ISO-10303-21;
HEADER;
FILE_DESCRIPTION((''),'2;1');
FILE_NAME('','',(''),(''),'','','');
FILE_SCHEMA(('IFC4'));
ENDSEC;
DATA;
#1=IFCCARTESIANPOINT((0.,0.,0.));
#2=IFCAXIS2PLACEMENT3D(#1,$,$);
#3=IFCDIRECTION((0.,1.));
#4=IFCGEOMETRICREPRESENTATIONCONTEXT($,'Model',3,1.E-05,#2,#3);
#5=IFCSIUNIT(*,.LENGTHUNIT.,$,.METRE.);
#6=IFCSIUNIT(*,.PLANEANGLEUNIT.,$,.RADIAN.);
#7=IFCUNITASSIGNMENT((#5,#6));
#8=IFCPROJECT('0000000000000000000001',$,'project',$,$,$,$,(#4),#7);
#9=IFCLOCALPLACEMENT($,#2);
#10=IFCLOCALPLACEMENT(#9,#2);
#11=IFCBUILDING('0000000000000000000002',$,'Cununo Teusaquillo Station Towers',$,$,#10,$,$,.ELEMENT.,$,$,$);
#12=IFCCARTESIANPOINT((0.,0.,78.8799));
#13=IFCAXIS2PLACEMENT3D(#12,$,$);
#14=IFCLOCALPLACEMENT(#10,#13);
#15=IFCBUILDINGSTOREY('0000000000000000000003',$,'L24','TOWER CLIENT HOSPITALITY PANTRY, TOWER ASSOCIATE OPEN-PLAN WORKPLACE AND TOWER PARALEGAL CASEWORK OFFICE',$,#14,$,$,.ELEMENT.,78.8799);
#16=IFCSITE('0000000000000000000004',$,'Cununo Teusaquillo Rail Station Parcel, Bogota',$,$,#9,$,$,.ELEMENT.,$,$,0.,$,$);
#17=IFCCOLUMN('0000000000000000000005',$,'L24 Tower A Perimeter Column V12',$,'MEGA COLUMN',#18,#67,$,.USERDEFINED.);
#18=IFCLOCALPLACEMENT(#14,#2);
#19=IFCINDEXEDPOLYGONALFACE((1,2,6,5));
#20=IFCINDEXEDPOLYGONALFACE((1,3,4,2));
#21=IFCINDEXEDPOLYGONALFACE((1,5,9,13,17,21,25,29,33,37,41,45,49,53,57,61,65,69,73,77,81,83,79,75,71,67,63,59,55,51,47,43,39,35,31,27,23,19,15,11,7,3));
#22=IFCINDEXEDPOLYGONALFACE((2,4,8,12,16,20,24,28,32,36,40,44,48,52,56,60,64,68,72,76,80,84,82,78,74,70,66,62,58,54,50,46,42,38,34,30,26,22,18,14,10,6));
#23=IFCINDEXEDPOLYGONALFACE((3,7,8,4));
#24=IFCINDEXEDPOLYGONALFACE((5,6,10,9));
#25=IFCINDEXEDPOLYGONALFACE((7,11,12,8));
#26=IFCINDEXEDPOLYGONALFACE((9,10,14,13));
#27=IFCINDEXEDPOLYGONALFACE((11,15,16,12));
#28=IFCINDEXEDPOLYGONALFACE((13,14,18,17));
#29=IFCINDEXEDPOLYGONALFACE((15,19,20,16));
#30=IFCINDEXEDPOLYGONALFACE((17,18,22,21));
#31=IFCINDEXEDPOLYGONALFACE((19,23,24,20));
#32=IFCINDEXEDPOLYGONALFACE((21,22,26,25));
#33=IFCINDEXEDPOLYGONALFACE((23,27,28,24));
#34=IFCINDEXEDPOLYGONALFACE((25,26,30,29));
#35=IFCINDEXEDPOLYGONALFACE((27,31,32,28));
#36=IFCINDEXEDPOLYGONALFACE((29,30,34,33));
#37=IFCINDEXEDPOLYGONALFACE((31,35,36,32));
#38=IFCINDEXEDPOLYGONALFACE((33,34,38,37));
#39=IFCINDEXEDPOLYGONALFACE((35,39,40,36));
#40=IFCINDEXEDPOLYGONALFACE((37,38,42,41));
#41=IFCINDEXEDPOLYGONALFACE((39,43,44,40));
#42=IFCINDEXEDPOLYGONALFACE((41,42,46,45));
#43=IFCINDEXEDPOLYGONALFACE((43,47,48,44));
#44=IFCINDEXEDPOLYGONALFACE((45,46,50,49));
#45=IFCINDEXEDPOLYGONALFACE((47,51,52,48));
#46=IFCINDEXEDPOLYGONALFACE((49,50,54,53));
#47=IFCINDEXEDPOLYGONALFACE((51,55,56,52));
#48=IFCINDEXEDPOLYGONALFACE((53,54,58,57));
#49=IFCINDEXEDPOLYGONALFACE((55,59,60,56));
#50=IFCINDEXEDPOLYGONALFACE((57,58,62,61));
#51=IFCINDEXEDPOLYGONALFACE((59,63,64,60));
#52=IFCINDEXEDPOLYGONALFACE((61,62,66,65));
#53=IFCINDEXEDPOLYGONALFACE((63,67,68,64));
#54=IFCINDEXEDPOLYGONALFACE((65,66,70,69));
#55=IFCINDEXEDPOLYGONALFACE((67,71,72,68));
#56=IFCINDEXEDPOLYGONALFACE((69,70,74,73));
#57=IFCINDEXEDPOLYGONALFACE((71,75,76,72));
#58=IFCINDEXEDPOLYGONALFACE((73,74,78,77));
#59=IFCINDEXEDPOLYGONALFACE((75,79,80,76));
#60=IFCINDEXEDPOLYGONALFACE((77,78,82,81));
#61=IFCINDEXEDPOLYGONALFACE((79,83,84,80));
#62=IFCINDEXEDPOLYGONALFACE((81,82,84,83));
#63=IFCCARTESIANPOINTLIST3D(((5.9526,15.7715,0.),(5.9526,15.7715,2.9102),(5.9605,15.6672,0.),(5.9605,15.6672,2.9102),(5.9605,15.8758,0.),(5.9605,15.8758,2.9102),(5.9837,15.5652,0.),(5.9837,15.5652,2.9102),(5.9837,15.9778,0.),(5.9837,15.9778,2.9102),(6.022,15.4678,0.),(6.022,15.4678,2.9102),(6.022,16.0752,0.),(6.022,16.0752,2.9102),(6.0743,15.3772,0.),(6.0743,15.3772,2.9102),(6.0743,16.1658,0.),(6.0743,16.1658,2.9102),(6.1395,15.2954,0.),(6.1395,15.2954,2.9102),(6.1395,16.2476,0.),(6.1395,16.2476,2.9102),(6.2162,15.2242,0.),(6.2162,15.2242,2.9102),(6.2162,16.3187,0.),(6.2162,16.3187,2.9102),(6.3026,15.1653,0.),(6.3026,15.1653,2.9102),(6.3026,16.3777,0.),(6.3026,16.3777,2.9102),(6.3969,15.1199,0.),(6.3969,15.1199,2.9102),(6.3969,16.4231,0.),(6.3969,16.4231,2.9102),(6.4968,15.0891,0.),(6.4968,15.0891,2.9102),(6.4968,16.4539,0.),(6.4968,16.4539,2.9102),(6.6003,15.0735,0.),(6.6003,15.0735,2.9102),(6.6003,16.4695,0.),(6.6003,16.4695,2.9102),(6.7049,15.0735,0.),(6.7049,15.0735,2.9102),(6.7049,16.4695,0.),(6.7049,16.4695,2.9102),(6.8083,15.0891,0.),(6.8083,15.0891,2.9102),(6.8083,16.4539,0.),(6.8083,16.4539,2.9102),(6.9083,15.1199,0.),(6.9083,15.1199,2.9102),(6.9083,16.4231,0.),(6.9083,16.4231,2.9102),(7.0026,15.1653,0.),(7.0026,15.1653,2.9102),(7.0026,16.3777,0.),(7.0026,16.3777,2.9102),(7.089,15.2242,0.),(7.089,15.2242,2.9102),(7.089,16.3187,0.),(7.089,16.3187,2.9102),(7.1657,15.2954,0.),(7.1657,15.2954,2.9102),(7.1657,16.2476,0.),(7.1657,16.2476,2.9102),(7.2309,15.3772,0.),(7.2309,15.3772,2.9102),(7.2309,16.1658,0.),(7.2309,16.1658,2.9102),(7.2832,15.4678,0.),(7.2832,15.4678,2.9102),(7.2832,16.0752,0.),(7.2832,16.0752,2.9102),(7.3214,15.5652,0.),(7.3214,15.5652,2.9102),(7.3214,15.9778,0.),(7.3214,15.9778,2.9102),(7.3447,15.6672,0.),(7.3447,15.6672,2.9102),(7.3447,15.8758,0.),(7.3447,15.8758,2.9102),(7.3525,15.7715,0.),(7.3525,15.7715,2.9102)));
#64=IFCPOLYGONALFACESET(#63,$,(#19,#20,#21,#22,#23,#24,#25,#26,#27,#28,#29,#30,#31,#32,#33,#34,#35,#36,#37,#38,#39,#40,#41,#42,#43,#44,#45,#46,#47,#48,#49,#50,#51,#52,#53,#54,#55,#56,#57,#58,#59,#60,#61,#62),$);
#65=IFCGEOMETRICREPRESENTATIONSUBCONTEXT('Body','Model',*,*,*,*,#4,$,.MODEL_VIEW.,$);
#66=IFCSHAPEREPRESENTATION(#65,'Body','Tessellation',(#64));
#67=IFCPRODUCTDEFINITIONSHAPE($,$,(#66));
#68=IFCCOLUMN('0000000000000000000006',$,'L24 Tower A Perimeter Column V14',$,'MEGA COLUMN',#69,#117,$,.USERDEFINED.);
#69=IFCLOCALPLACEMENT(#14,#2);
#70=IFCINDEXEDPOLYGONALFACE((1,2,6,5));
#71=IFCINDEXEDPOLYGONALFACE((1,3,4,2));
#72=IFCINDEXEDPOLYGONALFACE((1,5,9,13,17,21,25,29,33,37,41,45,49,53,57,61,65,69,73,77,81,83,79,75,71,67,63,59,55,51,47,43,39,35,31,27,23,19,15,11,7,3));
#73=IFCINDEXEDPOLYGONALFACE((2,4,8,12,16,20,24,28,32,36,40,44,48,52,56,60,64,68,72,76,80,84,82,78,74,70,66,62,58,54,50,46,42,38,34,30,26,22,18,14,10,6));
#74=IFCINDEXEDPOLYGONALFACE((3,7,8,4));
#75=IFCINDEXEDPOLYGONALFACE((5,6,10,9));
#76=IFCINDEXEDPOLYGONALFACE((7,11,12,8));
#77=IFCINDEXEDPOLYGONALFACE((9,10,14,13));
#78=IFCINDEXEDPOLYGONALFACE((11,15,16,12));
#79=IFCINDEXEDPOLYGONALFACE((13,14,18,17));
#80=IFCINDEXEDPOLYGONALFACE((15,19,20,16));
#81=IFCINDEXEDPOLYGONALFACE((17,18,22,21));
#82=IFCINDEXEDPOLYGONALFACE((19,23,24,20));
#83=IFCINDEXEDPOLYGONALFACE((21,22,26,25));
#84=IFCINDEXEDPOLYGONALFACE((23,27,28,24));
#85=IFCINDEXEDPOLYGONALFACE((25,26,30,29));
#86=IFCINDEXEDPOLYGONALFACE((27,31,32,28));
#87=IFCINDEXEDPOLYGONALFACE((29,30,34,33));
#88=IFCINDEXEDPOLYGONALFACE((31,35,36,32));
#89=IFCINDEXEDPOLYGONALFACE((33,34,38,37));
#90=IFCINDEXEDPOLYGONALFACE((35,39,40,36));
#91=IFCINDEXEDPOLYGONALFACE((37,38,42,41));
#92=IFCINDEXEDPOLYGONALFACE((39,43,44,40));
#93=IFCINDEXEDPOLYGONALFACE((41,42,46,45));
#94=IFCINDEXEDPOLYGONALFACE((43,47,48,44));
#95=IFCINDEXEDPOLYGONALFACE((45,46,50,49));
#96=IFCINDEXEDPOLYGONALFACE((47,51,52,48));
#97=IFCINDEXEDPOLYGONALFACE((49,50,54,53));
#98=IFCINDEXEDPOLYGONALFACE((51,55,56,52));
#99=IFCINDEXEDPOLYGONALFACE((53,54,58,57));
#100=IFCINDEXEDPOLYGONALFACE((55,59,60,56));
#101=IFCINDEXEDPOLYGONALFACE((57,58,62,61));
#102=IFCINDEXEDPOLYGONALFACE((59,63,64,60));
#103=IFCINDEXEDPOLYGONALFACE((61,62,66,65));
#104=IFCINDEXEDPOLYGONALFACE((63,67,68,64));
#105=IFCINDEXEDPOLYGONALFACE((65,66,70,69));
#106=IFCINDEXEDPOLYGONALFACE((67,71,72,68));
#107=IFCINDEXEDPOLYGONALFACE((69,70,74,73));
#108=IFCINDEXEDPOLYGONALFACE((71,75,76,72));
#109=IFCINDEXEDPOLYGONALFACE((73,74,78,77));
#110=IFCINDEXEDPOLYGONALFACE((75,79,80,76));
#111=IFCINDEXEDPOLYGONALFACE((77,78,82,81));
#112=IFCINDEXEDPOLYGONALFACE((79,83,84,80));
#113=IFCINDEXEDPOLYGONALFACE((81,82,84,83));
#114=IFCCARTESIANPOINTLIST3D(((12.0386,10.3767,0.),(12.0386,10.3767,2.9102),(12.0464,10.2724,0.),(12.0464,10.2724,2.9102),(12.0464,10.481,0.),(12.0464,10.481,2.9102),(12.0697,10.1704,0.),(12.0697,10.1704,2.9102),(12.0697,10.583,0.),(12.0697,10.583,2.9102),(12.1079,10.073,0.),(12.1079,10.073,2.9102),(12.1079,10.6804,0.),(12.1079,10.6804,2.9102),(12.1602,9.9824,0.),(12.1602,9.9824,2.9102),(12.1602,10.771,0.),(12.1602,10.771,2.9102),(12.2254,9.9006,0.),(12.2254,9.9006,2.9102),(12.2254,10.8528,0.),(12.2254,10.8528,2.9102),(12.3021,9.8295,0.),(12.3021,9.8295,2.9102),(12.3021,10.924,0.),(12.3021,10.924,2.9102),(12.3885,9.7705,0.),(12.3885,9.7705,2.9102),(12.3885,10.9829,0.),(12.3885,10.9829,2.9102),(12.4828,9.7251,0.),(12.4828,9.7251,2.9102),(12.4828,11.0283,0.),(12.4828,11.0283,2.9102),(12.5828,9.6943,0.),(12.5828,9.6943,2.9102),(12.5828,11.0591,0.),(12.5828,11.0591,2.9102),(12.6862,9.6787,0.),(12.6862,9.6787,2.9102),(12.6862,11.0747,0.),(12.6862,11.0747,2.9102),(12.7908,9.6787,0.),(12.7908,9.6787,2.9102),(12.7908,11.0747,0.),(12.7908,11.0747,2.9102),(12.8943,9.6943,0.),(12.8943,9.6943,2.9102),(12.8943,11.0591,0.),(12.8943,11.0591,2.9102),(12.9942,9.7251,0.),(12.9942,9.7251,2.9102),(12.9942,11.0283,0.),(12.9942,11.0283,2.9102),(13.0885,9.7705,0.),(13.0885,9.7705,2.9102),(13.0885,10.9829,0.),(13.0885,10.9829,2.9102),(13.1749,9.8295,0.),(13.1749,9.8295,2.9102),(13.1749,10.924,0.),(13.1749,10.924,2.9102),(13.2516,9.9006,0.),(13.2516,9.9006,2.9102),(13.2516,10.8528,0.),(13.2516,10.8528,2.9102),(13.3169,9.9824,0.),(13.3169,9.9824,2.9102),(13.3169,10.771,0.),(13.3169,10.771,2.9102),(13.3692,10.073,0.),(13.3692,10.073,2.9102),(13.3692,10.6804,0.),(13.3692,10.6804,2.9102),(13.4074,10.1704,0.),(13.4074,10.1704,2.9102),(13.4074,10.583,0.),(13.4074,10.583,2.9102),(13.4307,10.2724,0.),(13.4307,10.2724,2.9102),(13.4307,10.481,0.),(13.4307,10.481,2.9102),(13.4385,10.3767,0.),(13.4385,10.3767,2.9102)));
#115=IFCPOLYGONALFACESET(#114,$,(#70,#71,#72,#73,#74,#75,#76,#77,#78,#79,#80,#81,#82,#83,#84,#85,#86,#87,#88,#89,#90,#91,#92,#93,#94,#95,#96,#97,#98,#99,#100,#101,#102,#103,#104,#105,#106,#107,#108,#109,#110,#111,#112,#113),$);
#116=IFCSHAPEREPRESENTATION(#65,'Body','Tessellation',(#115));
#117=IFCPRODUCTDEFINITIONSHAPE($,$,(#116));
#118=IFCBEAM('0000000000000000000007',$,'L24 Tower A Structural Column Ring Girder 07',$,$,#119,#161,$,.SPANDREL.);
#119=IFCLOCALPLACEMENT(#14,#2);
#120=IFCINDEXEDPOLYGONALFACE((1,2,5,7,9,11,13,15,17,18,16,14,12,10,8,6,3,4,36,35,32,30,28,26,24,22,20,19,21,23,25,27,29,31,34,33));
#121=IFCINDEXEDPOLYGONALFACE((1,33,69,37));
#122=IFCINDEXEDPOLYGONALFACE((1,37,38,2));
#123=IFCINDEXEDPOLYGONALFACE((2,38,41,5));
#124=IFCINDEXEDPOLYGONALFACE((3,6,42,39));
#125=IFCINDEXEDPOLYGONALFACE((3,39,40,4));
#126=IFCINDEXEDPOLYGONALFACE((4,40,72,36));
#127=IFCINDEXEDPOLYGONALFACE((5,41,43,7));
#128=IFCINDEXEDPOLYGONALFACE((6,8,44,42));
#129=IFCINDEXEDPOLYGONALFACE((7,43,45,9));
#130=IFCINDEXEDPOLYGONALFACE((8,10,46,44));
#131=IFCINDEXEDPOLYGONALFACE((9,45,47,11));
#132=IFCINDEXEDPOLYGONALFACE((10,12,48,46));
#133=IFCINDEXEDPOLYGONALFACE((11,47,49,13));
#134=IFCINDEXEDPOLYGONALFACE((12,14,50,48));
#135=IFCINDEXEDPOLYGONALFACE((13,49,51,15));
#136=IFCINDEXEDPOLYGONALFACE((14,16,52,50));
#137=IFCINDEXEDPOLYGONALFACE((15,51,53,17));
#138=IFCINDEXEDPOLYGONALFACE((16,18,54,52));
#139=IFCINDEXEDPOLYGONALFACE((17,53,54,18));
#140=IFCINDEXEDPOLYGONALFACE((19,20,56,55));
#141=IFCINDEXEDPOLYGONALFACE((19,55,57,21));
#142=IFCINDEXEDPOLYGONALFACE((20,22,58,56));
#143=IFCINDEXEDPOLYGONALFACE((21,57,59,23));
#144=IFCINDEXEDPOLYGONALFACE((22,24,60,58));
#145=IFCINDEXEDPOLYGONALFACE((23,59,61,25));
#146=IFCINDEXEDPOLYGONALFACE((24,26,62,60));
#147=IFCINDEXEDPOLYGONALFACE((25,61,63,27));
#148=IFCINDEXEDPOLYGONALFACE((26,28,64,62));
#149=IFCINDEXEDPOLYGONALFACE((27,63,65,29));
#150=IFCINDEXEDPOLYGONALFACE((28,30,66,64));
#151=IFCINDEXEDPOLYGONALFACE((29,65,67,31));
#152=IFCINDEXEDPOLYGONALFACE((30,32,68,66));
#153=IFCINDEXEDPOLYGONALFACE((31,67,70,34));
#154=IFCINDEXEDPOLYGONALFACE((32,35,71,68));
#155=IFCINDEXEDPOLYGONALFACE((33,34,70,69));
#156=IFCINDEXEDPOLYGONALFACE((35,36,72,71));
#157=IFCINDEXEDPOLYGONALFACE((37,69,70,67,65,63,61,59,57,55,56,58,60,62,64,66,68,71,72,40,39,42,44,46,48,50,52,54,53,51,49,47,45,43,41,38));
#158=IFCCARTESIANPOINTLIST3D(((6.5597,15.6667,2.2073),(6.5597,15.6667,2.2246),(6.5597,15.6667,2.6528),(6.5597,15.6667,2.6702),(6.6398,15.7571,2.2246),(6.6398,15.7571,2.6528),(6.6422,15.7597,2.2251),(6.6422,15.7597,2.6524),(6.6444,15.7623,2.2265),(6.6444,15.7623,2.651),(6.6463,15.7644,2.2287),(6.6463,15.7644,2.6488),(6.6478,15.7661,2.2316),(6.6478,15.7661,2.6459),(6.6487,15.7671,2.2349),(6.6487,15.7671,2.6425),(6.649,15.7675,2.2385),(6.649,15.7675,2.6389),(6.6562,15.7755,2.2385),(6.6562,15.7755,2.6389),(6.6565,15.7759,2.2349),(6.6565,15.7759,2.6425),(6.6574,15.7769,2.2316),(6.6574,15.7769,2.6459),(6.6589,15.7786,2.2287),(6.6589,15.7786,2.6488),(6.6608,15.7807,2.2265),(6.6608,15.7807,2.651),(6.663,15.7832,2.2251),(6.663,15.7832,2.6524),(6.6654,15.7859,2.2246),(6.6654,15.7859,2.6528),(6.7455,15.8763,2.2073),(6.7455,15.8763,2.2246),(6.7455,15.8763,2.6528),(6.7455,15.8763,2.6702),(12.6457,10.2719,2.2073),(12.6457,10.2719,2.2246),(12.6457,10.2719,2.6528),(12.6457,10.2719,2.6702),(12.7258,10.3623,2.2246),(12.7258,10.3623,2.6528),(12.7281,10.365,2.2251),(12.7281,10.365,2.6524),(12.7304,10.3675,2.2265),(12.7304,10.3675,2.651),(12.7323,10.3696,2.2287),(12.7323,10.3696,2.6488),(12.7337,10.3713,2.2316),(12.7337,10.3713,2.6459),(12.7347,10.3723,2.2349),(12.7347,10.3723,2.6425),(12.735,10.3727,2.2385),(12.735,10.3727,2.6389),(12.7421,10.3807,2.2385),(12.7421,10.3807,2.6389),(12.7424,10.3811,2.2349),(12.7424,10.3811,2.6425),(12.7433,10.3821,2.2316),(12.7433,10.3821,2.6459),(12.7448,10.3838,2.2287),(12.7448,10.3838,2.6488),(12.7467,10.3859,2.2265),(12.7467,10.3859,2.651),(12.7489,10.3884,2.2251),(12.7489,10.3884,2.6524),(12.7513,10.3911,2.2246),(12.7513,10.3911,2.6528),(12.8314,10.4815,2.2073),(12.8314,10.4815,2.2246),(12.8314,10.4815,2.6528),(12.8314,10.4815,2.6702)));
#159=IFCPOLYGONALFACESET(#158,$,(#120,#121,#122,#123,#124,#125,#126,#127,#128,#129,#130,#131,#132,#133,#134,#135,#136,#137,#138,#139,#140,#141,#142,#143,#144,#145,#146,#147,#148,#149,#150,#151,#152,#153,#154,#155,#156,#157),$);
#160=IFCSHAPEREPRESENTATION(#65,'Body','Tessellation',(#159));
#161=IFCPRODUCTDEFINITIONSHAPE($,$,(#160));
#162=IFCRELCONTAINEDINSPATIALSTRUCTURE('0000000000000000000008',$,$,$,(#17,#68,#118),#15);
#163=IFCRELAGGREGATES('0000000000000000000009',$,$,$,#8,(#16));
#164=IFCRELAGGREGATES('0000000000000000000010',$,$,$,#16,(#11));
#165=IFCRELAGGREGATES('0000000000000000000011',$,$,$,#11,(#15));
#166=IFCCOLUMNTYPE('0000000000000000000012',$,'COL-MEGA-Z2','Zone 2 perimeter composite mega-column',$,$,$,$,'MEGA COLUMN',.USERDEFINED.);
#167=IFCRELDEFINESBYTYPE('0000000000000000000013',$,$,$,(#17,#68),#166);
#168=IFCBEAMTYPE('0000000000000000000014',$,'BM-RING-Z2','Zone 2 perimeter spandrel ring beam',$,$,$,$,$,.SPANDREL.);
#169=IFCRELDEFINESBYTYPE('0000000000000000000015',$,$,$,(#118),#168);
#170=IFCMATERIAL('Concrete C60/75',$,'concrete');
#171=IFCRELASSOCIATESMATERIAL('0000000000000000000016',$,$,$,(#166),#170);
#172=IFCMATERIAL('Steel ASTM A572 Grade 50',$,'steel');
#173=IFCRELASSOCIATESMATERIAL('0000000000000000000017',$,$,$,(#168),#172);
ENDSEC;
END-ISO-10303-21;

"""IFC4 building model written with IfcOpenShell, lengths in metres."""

from ifc_helpers import new_model, si_unit, direction, frame, origin, origin_2d, place, context, subcontext, project, spatial, circle, i_section, extrude, material, material_profile, profile_set, type_object, element, save


model = new_model("IFC4")

# Units and contexts
model_context = context("Model", 3, precision=1e-05, world=origin(), true_north=direction((0.0, 1.0)))
body_context = subcontext(model_context, "Body", "Model", "MODEL_VIEW")
ifc_project = project(units=[si_unit("LENGTHUNIT", "METRE"), si_unit("PLANEANGLEUNIT", "RADIAN")], contexts=[model_context])

# Site, building, storey
site_placement = place(None, origin())
site = spatial("IfcSite", under=ifc_project, at=site_placement, Name="Cununo Teusaquillo Rail Station Parcel, Bogota", CompositionType="ELEMENT", RefElevation=0.0)
building_placement = place(site_placement, origin())
building = spatial("IfcBuilding", under=site, at=building_placement, Name="Cununo Teusaquillo Station Towers", CompositionType="ELEMENT")
storey_placement = place(building_placement, frame((0.0, 0.0, 78.8799)))
storey = spatial("IfcBuildingStorey", under=building, at=storey_placement, Name="L24", Description="TOWER CLIENT HOSPITALITY PANTRY, TOWER ASSOCIATE OPEN-PLAN WORKPLACE AND TOWER PARALEGAL CASEWORK OFFICE", CompositionType="ELEMENT", Elevation=78.8799)

# Columns
ifc_material_1 = material(Name="Concrete C60/75", Category="concrete")
ifc_material_profile_1 = material_profile(ifc_material_1, circle(Radius=0.7, at=origin_2d()), Name="RC-CIRC-1400")
ifc_profile_set_1 = profile_set([ifc_material_profile_1], Name="Concrete C60/75")
column_type = type_object("IfcColumnType", Name="COL-MEGA-Z2", Description="Zone 2 perimeter composite mega-column", ElementType="MEGA COLUMN", PredefinedType="USERDEFINED", material=ifc_profile_set_1)
for number, where, z_axis, x_axis, name in (
    (1, (6.6526, 15.7715, 0.0), (0.0, 0.0, 1.0), (1.0, 0.0, 0.0), "L24 Tower A Perimeter Column V12"),
    (2, (12.7385, 10.3767, 0.0), (0.0, 0.0, 1.0), (1.0, 0.0, 0.0), "L24 Tower A Perimeter Column V14"),
):
    element("IfcColumn", number, at=place(storey_placement, frame(where, z_axis=z_axis, x_axis=x_axis)), inside=storey, type_object=column_type, Name=name, ObjectType="MEGA COLUMN", PredefinedType="USERDEFINED", context=body_context, shape_type="SweptSolid", body=[
        extrude(circle(Radius=0.7, at=origin_2d()), origin(), (0.0, 0.0, 1.0), 2.9102),
    ])

# Beam
ifc_material_2 = material(Name="Steel ASTM A572 Grade 50", Category="steel")
ifc_material_profile_2 = material_profile(ifc_material_2, i_section(OverallWidth=0.28, OverallDepth=0.4629, WebThickness=0.0107, FlangeThickness=0.0173, FilletRadius=0.0139, at=origin_2d()), Name="W18X76")
ifc_profile_set_2 = profile_set([ifc_material_profile_2], Name="Steel ASTM A572 Grade 50")
beam_type = type_object("IfcBeamType", Name="BM-RING-Z2", Description="Zone 2 perimeter spandrel ring beam", PredefinedType="SPANDREL", material=ifc_profile_set_2)
beam_1_placement = place(storey_placement, frame((6.6526, 15.7715, 2.4387), z_axis=(0.748321, -0.663337, 0.0), x_axis=(0.663337, 0.748321, 0.0)))
element("IfcBeam", 3, at=beam_1_placement, inside=storey, type_object=beam_type, Name="L24 Tower A Structural Column Ring Girder 07", PredefinedType="SPANDREL", context=body_context, shape_type="SweptSolid", body=[
    extrude(i_section(OverallWidth=0.28, OverallDepth=0.4629, WebThickness=0.0107, FlangeThickness=0.0173, FilletRadius=0.0139, at=origin_2d()), origin(), (0.0, 0.0, 1.0), 8.1328),
])

save(model, "model.ifc")
